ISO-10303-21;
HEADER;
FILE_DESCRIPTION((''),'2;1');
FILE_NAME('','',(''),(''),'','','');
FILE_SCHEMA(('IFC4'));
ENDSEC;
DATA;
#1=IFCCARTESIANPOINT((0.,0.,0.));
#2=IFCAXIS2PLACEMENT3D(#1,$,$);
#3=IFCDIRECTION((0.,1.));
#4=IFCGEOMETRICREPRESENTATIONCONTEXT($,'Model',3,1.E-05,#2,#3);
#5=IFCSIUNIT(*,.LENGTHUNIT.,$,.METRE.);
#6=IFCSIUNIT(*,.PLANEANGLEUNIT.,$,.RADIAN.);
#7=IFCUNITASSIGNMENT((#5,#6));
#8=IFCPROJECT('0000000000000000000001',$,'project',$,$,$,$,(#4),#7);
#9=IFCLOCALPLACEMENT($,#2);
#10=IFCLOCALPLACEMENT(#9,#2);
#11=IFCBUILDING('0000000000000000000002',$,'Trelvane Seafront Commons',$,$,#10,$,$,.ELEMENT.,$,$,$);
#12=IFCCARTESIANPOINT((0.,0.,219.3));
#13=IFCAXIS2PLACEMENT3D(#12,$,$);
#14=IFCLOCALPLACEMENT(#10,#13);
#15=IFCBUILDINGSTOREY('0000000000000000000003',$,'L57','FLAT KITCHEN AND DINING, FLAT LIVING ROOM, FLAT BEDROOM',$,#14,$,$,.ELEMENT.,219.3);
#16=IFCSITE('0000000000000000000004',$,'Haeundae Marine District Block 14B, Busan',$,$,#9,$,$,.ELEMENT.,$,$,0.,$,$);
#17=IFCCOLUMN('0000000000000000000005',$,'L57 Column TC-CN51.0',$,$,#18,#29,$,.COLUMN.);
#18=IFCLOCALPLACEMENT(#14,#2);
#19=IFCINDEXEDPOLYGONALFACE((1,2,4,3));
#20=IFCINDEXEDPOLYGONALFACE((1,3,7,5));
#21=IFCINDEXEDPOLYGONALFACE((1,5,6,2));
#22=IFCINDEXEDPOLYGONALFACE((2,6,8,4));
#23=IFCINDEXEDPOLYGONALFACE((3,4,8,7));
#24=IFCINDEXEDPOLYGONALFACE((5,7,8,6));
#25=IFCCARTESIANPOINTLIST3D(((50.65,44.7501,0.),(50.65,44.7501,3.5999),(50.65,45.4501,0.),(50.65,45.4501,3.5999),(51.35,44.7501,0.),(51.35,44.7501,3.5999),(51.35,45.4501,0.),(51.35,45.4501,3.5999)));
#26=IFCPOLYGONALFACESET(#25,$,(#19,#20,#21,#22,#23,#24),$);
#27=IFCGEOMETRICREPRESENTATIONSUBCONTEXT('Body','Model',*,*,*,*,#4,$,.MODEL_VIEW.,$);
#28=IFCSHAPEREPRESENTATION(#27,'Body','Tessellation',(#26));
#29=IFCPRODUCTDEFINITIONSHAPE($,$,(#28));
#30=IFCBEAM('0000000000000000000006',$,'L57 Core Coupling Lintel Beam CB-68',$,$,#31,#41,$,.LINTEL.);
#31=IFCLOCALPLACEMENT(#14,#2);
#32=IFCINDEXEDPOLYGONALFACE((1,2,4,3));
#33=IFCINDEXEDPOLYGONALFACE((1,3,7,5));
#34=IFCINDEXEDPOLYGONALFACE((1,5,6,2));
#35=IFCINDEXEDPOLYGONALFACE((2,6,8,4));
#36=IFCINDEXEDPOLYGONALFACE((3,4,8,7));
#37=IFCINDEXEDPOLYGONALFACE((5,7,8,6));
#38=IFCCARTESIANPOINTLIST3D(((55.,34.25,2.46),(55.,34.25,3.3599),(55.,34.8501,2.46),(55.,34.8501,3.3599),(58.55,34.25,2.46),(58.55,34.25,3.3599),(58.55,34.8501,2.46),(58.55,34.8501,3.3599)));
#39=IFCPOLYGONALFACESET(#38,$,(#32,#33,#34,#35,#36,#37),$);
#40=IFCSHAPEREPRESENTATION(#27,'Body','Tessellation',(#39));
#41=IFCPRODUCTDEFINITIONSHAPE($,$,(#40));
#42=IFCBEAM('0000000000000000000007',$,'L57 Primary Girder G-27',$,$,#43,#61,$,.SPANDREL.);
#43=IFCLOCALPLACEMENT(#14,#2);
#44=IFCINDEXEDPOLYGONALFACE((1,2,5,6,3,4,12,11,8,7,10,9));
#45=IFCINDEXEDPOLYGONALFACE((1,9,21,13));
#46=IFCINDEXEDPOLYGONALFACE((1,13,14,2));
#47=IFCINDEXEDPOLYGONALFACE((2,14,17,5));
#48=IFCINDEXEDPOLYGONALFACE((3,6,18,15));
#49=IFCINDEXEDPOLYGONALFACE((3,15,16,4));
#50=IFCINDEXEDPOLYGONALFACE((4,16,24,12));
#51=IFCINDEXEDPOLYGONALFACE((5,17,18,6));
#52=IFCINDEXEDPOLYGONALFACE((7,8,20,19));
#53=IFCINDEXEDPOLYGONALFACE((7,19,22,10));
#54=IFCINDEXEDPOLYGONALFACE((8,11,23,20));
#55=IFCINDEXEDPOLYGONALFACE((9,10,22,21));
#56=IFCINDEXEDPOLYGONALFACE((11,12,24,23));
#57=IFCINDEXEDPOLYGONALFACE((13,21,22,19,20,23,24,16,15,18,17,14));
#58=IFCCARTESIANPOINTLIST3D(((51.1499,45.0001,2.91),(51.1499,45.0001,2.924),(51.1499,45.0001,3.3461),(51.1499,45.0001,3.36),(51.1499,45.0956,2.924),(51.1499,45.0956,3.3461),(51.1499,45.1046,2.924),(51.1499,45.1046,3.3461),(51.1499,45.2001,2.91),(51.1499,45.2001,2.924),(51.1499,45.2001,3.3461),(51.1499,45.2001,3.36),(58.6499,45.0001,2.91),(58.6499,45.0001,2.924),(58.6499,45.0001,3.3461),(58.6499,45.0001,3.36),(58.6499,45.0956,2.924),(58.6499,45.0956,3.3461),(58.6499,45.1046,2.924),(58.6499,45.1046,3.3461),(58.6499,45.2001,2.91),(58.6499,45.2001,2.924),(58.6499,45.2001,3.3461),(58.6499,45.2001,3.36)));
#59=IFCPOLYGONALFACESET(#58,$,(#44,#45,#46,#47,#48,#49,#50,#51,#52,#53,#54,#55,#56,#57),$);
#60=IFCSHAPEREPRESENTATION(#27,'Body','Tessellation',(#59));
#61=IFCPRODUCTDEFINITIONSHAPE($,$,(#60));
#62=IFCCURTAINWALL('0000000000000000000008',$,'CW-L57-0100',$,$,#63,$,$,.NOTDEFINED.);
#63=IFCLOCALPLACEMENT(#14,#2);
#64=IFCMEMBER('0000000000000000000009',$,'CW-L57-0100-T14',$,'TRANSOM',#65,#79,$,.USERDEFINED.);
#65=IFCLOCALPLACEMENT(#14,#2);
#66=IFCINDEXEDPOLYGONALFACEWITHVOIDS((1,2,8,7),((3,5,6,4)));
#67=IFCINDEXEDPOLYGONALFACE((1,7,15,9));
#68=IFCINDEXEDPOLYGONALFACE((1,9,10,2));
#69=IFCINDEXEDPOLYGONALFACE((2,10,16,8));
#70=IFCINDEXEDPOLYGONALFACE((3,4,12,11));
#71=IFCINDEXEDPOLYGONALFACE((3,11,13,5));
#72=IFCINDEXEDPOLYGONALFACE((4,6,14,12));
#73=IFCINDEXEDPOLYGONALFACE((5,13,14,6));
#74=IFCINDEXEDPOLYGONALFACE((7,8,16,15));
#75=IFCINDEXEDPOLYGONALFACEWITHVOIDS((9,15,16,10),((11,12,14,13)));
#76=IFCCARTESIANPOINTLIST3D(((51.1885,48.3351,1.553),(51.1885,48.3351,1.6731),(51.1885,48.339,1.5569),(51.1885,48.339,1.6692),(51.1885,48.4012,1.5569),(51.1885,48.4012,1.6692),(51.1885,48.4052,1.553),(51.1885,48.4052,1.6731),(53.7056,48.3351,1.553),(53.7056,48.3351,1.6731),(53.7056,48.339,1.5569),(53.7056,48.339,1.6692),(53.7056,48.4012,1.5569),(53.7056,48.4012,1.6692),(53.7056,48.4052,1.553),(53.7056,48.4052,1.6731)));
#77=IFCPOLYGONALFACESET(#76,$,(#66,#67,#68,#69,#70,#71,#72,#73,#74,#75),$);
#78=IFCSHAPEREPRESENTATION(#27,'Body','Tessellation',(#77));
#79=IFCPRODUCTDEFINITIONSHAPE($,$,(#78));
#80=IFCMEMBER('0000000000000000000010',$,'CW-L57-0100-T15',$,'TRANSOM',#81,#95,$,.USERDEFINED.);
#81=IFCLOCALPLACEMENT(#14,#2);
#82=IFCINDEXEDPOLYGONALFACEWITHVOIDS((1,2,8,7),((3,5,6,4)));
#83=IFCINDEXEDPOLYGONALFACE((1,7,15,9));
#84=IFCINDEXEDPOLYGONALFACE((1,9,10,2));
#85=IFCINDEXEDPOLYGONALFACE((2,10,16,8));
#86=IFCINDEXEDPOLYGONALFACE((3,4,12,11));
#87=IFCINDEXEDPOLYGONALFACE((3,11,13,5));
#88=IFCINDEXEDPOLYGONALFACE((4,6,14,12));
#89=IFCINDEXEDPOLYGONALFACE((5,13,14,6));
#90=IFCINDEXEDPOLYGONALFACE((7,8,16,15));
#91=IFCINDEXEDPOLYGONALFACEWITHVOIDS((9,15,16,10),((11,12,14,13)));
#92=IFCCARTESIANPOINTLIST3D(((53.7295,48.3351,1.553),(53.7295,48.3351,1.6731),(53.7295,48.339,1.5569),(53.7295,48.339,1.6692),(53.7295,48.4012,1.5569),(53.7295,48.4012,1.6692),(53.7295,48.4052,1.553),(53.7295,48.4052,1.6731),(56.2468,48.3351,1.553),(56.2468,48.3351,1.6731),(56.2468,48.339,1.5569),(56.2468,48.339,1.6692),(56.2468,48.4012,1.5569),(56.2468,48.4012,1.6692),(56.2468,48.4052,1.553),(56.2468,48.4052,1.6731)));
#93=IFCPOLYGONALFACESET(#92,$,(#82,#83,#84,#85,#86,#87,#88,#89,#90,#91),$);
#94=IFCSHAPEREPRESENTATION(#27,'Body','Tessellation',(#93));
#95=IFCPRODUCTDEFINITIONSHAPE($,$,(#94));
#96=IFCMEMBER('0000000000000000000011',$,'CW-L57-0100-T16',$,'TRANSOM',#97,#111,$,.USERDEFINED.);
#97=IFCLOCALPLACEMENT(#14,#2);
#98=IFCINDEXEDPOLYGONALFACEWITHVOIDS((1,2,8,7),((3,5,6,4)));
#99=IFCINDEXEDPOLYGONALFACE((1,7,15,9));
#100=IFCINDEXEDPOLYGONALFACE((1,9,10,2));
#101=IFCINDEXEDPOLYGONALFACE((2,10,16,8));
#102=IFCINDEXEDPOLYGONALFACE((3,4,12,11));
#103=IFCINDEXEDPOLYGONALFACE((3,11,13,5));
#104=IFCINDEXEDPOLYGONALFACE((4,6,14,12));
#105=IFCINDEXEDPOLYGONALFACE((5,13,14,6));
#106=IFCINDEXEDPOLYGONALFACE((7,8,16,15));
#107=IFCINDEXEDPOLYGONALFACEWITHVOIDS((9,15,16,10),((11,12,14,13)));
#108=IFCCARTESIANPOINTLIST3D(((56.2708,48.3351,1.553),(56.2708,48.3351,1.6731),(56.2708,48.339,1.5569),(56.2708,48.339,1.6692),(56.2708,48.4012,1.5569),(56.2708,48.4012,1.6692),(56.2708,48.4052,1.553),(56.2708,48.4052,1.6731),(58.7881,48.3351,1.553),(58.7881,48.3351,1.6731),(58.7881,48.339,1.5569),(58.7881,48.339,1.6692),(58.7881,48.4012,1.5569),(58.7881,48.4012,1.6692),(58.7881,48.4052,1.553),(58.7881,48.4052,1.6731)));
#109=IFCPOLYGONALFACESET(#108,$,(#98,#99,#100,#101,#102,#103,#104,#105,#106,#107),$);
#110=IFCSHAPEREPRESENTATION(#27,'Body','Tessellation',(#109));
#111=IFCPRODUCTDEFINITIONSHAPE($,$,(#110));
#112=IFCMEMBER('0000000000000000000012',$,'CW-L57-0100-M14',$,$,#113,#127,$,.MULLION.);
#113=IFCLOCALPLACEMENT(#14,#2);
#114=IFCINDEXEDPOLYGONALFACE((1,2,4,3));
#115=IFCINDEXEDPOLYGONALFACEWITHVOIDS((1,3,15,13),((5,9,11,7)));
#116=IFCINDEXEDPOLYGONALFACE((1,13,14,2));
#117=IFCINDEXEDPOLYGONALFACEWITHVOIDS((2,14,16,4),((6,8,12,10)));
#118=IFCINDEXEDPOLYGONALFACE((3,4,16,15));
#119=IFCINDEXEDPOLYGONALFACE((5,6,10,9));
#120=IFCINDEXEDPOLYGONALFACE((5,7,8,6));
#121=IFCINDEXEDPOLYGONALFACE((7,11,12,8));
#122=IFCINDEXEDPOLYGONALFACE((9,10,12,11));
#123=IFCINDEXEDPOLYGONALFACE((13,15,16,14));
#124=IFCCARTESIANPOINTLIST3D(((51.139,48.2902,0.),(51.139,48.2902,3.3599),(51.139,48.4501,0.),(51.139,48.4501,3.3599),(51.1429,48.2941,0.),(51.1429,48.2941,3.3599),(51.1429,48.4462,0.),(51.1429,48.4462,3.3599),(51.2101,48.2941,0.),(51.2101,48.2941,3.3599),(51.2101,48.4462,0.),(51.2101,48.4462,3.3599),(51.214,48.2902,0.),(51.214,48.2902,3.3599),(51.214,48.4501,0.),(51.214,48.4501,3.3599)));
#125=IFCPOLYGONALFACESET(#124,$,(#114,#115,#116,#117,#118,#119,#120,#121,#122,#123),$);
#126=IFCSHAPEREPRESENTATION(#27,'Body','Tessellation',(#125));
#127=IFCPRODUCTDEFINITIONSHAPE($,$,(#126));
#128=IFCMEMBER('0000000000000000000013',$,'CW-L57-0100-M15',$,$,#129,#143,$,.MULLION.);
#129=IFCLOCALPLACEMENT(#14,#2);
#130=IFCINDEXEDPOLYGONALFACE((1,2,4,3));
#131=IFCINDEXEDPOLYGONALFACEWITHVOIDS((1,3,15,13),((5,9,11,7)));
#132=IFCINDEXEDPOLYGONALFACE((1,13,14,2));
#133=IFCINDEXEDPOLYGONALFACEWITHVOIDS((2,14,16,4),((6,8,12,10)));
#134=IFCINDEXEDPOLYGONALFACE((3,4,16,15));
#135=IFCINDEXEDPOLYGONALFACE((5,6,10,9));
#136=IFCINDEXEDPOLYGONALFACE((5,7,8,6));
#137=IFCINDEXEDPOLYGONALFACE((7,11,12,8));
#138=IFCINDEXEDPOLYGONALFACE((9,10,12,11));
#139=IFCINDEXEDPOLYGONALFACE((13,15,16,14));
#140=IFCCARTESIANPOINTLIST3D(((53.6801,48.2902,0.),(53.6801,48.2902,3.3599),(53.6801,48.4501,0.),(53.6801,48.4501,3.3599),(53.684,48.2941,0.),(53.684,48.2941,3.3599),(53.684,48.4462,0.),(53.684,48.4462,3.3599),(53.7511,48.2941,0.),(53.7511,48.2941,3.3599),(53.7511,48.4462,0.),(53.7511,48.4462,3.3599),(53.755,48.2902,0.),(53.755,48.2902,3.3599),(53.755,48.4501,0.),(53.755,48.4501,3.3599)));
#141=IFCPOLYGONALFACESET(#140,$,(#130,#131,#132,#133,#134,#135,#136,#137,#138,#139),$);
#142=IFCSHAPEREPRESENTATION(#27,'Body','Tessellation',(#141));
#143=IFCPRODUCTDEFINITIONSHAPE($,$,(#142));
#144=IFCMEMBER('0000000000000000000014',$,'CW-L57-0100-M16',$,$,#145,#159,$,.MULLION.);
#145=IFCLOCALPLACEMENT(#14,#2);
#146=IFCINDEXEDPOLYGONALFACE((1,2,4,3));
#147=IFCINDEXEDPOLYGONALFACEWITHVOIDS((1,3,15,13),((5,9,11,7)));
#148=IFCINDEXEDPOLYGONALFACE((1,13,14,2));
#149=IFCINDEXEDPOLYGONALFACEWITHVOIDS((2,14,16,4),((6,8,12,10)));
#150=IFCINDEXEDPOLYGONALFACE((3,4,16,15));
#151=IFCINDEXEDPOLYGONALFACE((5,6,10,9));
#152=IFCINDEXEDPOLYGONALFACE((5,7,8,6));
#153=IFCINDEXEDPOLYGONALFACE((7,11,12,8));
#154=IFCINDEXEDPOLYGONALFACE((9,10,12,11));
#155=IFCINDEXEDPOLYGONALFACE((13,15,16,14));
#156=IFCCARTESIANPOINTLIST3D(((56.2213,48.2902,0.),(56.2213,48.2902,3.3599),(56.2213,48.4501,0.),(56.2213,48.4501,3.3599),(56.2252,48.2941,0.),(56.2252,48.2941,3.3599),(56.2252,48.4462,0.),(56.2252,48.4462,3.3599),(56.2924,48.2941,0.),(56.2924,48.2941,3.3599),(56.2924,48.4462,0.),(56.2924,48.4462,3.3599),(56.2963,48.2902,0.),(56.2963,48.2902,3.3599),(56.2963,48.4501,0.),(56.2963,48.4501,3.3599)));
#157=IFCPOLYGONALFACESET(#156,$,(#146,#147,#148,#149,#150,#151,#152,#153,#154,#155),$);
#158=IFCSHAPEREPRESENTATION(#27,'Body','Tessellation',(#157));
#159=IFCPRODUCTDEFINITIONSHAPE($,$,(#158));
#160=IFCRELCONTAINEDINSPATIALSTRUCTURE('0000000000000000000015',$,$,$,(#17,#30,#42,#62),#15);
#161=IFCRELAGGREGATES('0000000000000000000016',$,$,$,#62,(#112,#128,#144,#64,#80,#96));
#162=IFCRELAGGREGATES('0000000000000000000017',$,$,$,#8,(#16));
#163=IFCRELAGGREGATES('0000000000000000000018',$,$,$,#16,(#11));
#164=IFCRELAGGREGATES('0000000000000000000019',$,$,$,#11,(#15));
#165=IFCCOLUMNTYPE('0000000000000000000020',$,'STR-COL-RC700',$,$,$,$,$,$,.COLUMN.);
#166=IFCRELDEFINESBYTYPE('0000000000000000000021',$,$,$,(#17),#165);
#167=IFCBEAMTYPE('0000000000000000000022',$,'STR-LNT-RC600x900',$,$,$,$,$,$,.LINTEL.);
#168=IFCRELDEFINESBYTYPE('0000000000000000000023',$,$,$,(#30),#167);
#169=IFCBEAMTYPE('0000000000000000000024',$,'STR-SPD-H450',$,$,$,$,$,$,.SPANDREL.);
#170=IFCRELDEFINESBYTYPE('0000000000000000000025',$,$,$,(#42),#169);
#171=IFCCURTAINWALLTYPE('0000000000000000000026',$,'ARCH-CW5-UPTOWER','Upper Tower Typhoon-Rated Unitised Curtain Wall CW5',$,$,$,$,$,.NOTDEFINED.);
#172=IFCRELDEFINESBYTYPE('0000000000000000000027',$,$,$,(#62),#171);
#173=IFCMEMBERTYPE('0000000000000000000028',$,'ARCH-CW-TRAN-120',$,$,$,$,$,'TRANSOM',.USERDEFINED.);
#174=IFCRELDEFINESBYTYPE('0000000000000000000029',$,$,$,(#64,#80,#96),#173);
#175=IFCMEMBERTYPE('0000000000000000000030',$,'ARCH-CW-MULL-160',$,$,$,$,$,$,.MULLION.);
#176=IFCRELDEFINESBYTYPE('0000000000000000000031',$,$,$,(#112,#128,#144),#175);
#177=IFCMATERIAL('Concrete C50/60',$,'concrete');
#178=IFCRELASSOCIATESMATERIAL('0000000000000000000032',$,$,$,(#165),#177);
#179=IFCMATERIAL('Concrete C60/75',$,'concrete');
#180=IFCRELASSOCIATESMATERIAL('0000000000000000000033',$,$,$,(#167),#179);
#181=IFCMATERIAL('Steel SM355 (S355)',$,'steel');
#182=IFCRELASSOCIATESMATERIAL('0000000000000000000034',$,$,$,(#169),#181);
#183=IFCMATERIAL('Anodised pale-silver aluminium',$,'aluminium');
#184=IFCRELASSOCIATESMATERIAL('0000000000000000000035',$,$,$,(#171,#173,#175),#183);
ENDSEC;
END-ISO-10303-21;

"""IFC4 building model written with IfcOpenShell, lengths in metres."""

from ifc_helpers import new_model, si_unit, direction, frame, origin, origin_2d, place, context, subcontext, project, spatial, rectangle, hollow_rectangle, i_section, extrude, source, transform, mapped, material, material_profile, profile_set, type_object, element, aggregate, save


model = new_model("IFC4")

# Units and contexts
model_context = context("Model", 3, precision=1e-05, world=origin(), true_north=direction((0.0, 1.0)))
body_context = subcontext(model_context, "Body", "Model", "MODEL_VIEW")
ifc_project = project(units=[si_unit("LENGTHUNIT", "METRE"), si_unit("PLANEANGLEUNIT", "RADIAN")], contexts=[model_context])

# Site, building, storey
site_placement = place(None, origin())
site = spatial("IfcSite", under=ifc_project, at=site_placement, Name="Haeundae Marine District Block 14B, Busan", CompositionType="ELEMENT", RefElevation=0.0)
building_placement = place(site_placement, origin())
building = spatial("IfcBuilding", under=site, at=building_placement, Name="Trelvane Seafront Commons", CompositionType="ELEMENT")
storey_placement = place(building_placement, frame((0.0, 0.0, 219.3)))
storey = spatial("IfcBuildingStorey", under=building, at=storey_placement, Name="L57", Description="FLAT KITCHEN AND DINING, FLAT LIVING ROOM, FLAT BEDROOM", CompositionType="ELEMENT", Elevation=219.3)

# Column
ifc_material_1 = material(Name="Concrete C50/60", Category="concrete")
ifc_material_profile_1 = material_profile(ifc_material_1, rectangle(XDim=0.7, YDim=0.7, at=origin_2d()), Name="RC-700x700")
ifc_profile_set_1 = profile_set([ifc_material_profile_1], Name="Concrete C50/60")
column_type = type_object("IfcColumnType", Name="STR-COL-RC700", PredefinedType="COLUMN", material=ifc_profile_set_1)
shared_shape_1 = source(origin(), body_context, "Body", "SweptSolid", [
    extrude(rectangle(XDim=0.7, YDim=0.7, at=origin_2d()), origin(), (0.0, 0.0, 1.0), 3.5999),
])
column_placement = place(storey_placement, frame((51.0, 45.1001, 0.0), z_axis=(0.0, 0.0, 1.0), x_axis=(1.0, 0.0, 0.0)))
element("IfcColumn", 1, at=column_placement, inside=storey, type_object=column_type, Name="L57 Column TC-CN51.0", PredefinedType="COLUMN", context=body_context, shape_type="MappedRepresentation", body=[
    mapped(shared_shape_1, transform((0.0, 0.0, 0.0), x_axis=(1.0, 0.0, 0.0), y_axis=(0.0, 1.0, 0.0), z_axis=(0.0, 0.0, 1.0), scale=1.0)),
])

# Beams
ifc_material_2 = material(Name="Concrete C60/75", Category="concrete")
ifc_material_profile_2 = material_profile(ifc_material_2, rectangle(XDim=0.6001, YDim=0.8999, at=origin_2d()), Name="RC-600x900")
ifc_profile_set_2 = profile_set([ifc_material_profile_2], Name="Concrete C60/75")
beam_type_1 = type_object("IfcBeamType", Name="STR-LNT-RC600x900", PredefinedType="LINTEL", material=ifc_profile_set_2)
shared_shape_2 = source(origin(), body_context, "Body", "SweptSolid", [
    extrude(rectangle(XDim=0.6001, YDim=0.8999, at=origin_2d()), origin(), (0.0, 0.0, 1.0), 3.55),
])
beam_1_placement = place(storey_placement, frame((55.0, 34.55, 2.9099), z_axis=(1.0, 0.0, 0.0), x_axis=(0.0, 1.0, 0.0)))
element("IfcBeam", 2, at=beam_1_placement, inside=storey, type_object=beam_type_1, Name="L57 Core Coupling Lintel Beam CB-68", PredefinedType="LINTEL", context=body_context, shape_type="MappedRepresentation", body=[
    mapped(shared_shape_2, transform((0.0, 0.0, 0.0), x_axis=(1.0, 0.0, 0.0), y_axis=(0.0, 1.0, 0.0), z_axis=(0.0, 0.0, 1.0), scale=1.0)),
])
ifc_material_3 = material(Name="Steel SM355 (S355)", Category="steel")
ifc_material_profile_3 = material_profile(ifc_material_3, i_section(OverallWidth=0.2, OverallDepth=0.45, WebThickness=0.009, FlangeThickness=0.0139, at=origin_2d()), Name="H-450x200x9x14")
ifc_profile_set_3 = profile_set([ifc_material_profile_3], Name="Steel SM355 (S355)")
beam_type_2 = type_object("IfcBeamType", Name="STR-SPD-H450", PredefinedType="SPANDREL", material=ifc_profile_set_3)
shared_shape_3 = source(origin(), body_context, "Body", "SweptSolid", [
    extrude(i_section(OverallWidth=0.2, OverallDepth=0.45, WebThickness=0.009, FlangeThickness=0.0139, at=origin_2d()), origin(), (0.0, 0.0, 1.0), 7.5),
])
beam_2_placement = place(storey_placement, frame((51.1499, 45.1001, 3.135), z_axis=(1.0, 0.0, 0.0), x_axis=(0.0, 1.0, 0.0)))
element("IfcBeam", 3, at=beam_2_placement, inside=storey, type_object=beam_type_2, Name="L57 Primary Girder G-27", PredefinedType="SPANDREL", context=body_context, shape_type="MappedRepresentation", body=[
    mapped(shared_shape_3, transform((0.0, 0.0, 0.0), x_axis=(1.0, 0.0, 0.0), y_axis=(0.0, 1.0, 0.0), z_axis=(0.0, 0.0, 1.0), scale=1.0)),
])

# Curtain wall, members
ifc_material_4 = material(Name="Anodised pale-silver aluminium", Category="aluminium")
curtain_wall_type = type_object("IfcCurtainWallType", Name="ARCH-CW5-UPTOWER", Description="Upper Tower Typhoon-Rated Unitised Curtain Wall CW5", PredefinedType="NOTDEFINED", material=ifc_material_4)
curtain_wall_placement = place(storey_placement, origin())
curtain_wall = element("IfcCurtainWall", 4, at=curtain_wall_placement, inside=storey, type_object=curtain_wall_type, Name="CW-L57-0100", PredefinedType="NOTDEFINED")
ifc_material_profile_4 = material_profile(ifc_material_4, hollow_rectangle(XDim=0.0701, YDim=0.1201, WallThickness=0.0039, at=origin_2d()), Name="TRAN-70x120x4")
ifc_profile_set_4 = profile_set([ifc_material_profile_4], Name="Anodised pale-silver aluminium")
member_type_1 = type_object("IfcMemberType", Name="ARCH-CW-TRAN-120", ElementType="TRANSOM", PredefinedType="USERDEFINED", material=ifc_profile_set_4)
shared_shape_4 = source(origin(), body_context, "Body", "SweptSolid", [
    extrude(hollow_rectangle(XDim=0.0701, YDim=0.1201, WallThickness=0.0039, at=origin_2d()), origin(), (0.0, 0.0, 1.0), 2.5171),
])
member_1_placement = place(storey_placement, frame((51.1885, 48.3701, 1.613), z_axis=(1.0, 0.0, 0.0), x_axis=(0.0, 1.0, 0.0)))
member_1 = element("IfcMember", 5, at=member_1_placement, type_object=member_type_1, Name="CW-L57-0100-T14", ObjectType="TRANSOM", PredefinedType="USERDEFINED", context=body_context, shape_type="MappedRepresentation", body=[
    mapped(shared_shape_4, transform((0.0, 0.0, 0.0), x_axis=(1.0, 0.0, 0.0), y_axis=(0.0, 1.0, 0.0), z_axis=(0.0, 0.0, 1.0), scale=1.0)),
])
shared_shape_5 = source(origin(), body_context, "Body", "SweptSolid", [
    extrude(hollow_rectangle(XDim=0.0701, YDim=0.1201, WallThickness=0.0039, at=origin_2d()), origin(), (0.0, 0.0, 1.0), 2.5173),
])
member_2_placement = place(storey_placement, frame((53.7295, 48.3701, 1.613), z_axis=(1.0, 0.0, 0.0), x_axis=(0.0, 1.0, 0.0)))
member_2 = element("IfcMember", 6, at=member_2_placement, type_object=member_type_1, Name="CW-L57-0100-T15", ObjectType="TRANSOM", PredefinedType="USERDEFINED", context=body_context, shape_type="MappedRepresentation", body=[
    mapped(shared_shape_5, transform((0.0, 0.0, 0.0), x_axis=(1.0, 0.0, 0.0), y_axis=(0.0, 1.0, 0.0), z_axis=(0.0, 0.0, 1.0), scale=1.0)),
])
member_3_placement = place(storey_placement, frame((56.2708, 48.3701, 1.613), z_axis=(1.0, 0.0, 0.0), x_axis=(0.0, 1.0, 0.0)))
member_3 = element("IfcMember", 7, at=member_3_placement, type_object=member_type_1, Name="CW-L57-0100-T16", ObjectType="TRANSOM", PredefinedType="USERDEFINED", context=body_context, shape_type="MappedRepresentation", body=[
    mapped(shared_shape_5, transform((0.0, 0.0, 0.0), x_axis=(1.0, 0.0, 0.0), y_axis=(0.0, 1.0, 0.0), z_axis=(0.0, 0.0, 1.0), scale=1.0)),
])
ifc_material_profile_5 = material_profile(ifc_material_4, hollow_rectangle(XDim=0.075, YDim=0.1599, WallThickness=0.0039, at=origin_2d()), Name="MULL-75x160x4")
ifc_profile_set_5 = profile_set([ifc_material_profile_5], Name="Anodised pale-silver aluminium")
member_type_2 = type_object("IfcMemberType", Name="ARCH-CW-MULL-160", PredefinedType="MULLION", material=ifc_profile_set_5)
shared_shape_6 = source(origin(), body_context, "Body", "SweptSolid", [
    extrude(hollow_rectangle(XDim=0.075, YDim=0.1599, WallThickness=0.0039, at=origin_2d()), origin(), (0.0, 0.0, 1.0), 3.3599),
])
member_4_placement = place(storey_placement, frame((51.1765, 48.3701, 0.0), z_axis=(0.0, 0.0, 1.0), x_axis=(1.0, 0.0, 0.0)))
member_4 = element("IfcMember", 8, at=member_4_placement, type_object=member_type_2, Name="CW-L57-0100-M14", PredefinedType="MULLION", context=body_context, shape_type="MappedRepresentation", body=[
    mapped(shared_shape_6, transform((0.0, 0.0, 0.0), x_axis=(1.0, 0.0, 0.0), y_axis=(0.0, 1.0, 0.0), z_axis=(0.0, 0.0, 1.0), scale=1.0)),
])
member_5_placement = place(storey_placement, frame((53.7175, 48.3701, 0.0), z_axis=(0.0, 0.0, 1.0), x_axis=(1.0, 0.0, 0.0)))
member_5 = element("IfcMember", 9, at=member_5_placement, type_object=member_type_2, Name="CW-L57-0100-M15", PredefinedType="MULLION", context=body_context, shape_type="MappedRepresentation", body=[
    mapped(shared_shape_6, transform((0.0, 0.0, 0.0), x_axis=(1.0, 0.0, 0.0), y_axis=(0.0, 1.0, 0.0), z_axis=(0.0, 0.0, 1.0), scale=1.0)),
])
member_6_placement = place(storey_placement, frame((56.2588, 48.3701, 0.0), z_axis=(0.0, 0.0, 1.0), x_axis=(1.0, 0.0, 0.0)))
member_6 = element("IfcMember", 10, at=member_6_placement, type_object=member_type_2, Name="CW-L57-0100-M16", PredefinedType="MULLION", context=body_context, shape_type="MappedRepresentation", body=[
    mapped(shared_shape_6, transform((0.0, 0.0, 0.0), x_axis=(1.0, 0.0, 0.0), y_axis=(0.0, 1.0, 0.0), z_axis=(0.0, 0.0, 1.0), scale=1.0)),
])

aggregate(curtain_wall, [member_4, member_5, member_6, member_1, member_2, member_3])

save(model, "model.ifc")
